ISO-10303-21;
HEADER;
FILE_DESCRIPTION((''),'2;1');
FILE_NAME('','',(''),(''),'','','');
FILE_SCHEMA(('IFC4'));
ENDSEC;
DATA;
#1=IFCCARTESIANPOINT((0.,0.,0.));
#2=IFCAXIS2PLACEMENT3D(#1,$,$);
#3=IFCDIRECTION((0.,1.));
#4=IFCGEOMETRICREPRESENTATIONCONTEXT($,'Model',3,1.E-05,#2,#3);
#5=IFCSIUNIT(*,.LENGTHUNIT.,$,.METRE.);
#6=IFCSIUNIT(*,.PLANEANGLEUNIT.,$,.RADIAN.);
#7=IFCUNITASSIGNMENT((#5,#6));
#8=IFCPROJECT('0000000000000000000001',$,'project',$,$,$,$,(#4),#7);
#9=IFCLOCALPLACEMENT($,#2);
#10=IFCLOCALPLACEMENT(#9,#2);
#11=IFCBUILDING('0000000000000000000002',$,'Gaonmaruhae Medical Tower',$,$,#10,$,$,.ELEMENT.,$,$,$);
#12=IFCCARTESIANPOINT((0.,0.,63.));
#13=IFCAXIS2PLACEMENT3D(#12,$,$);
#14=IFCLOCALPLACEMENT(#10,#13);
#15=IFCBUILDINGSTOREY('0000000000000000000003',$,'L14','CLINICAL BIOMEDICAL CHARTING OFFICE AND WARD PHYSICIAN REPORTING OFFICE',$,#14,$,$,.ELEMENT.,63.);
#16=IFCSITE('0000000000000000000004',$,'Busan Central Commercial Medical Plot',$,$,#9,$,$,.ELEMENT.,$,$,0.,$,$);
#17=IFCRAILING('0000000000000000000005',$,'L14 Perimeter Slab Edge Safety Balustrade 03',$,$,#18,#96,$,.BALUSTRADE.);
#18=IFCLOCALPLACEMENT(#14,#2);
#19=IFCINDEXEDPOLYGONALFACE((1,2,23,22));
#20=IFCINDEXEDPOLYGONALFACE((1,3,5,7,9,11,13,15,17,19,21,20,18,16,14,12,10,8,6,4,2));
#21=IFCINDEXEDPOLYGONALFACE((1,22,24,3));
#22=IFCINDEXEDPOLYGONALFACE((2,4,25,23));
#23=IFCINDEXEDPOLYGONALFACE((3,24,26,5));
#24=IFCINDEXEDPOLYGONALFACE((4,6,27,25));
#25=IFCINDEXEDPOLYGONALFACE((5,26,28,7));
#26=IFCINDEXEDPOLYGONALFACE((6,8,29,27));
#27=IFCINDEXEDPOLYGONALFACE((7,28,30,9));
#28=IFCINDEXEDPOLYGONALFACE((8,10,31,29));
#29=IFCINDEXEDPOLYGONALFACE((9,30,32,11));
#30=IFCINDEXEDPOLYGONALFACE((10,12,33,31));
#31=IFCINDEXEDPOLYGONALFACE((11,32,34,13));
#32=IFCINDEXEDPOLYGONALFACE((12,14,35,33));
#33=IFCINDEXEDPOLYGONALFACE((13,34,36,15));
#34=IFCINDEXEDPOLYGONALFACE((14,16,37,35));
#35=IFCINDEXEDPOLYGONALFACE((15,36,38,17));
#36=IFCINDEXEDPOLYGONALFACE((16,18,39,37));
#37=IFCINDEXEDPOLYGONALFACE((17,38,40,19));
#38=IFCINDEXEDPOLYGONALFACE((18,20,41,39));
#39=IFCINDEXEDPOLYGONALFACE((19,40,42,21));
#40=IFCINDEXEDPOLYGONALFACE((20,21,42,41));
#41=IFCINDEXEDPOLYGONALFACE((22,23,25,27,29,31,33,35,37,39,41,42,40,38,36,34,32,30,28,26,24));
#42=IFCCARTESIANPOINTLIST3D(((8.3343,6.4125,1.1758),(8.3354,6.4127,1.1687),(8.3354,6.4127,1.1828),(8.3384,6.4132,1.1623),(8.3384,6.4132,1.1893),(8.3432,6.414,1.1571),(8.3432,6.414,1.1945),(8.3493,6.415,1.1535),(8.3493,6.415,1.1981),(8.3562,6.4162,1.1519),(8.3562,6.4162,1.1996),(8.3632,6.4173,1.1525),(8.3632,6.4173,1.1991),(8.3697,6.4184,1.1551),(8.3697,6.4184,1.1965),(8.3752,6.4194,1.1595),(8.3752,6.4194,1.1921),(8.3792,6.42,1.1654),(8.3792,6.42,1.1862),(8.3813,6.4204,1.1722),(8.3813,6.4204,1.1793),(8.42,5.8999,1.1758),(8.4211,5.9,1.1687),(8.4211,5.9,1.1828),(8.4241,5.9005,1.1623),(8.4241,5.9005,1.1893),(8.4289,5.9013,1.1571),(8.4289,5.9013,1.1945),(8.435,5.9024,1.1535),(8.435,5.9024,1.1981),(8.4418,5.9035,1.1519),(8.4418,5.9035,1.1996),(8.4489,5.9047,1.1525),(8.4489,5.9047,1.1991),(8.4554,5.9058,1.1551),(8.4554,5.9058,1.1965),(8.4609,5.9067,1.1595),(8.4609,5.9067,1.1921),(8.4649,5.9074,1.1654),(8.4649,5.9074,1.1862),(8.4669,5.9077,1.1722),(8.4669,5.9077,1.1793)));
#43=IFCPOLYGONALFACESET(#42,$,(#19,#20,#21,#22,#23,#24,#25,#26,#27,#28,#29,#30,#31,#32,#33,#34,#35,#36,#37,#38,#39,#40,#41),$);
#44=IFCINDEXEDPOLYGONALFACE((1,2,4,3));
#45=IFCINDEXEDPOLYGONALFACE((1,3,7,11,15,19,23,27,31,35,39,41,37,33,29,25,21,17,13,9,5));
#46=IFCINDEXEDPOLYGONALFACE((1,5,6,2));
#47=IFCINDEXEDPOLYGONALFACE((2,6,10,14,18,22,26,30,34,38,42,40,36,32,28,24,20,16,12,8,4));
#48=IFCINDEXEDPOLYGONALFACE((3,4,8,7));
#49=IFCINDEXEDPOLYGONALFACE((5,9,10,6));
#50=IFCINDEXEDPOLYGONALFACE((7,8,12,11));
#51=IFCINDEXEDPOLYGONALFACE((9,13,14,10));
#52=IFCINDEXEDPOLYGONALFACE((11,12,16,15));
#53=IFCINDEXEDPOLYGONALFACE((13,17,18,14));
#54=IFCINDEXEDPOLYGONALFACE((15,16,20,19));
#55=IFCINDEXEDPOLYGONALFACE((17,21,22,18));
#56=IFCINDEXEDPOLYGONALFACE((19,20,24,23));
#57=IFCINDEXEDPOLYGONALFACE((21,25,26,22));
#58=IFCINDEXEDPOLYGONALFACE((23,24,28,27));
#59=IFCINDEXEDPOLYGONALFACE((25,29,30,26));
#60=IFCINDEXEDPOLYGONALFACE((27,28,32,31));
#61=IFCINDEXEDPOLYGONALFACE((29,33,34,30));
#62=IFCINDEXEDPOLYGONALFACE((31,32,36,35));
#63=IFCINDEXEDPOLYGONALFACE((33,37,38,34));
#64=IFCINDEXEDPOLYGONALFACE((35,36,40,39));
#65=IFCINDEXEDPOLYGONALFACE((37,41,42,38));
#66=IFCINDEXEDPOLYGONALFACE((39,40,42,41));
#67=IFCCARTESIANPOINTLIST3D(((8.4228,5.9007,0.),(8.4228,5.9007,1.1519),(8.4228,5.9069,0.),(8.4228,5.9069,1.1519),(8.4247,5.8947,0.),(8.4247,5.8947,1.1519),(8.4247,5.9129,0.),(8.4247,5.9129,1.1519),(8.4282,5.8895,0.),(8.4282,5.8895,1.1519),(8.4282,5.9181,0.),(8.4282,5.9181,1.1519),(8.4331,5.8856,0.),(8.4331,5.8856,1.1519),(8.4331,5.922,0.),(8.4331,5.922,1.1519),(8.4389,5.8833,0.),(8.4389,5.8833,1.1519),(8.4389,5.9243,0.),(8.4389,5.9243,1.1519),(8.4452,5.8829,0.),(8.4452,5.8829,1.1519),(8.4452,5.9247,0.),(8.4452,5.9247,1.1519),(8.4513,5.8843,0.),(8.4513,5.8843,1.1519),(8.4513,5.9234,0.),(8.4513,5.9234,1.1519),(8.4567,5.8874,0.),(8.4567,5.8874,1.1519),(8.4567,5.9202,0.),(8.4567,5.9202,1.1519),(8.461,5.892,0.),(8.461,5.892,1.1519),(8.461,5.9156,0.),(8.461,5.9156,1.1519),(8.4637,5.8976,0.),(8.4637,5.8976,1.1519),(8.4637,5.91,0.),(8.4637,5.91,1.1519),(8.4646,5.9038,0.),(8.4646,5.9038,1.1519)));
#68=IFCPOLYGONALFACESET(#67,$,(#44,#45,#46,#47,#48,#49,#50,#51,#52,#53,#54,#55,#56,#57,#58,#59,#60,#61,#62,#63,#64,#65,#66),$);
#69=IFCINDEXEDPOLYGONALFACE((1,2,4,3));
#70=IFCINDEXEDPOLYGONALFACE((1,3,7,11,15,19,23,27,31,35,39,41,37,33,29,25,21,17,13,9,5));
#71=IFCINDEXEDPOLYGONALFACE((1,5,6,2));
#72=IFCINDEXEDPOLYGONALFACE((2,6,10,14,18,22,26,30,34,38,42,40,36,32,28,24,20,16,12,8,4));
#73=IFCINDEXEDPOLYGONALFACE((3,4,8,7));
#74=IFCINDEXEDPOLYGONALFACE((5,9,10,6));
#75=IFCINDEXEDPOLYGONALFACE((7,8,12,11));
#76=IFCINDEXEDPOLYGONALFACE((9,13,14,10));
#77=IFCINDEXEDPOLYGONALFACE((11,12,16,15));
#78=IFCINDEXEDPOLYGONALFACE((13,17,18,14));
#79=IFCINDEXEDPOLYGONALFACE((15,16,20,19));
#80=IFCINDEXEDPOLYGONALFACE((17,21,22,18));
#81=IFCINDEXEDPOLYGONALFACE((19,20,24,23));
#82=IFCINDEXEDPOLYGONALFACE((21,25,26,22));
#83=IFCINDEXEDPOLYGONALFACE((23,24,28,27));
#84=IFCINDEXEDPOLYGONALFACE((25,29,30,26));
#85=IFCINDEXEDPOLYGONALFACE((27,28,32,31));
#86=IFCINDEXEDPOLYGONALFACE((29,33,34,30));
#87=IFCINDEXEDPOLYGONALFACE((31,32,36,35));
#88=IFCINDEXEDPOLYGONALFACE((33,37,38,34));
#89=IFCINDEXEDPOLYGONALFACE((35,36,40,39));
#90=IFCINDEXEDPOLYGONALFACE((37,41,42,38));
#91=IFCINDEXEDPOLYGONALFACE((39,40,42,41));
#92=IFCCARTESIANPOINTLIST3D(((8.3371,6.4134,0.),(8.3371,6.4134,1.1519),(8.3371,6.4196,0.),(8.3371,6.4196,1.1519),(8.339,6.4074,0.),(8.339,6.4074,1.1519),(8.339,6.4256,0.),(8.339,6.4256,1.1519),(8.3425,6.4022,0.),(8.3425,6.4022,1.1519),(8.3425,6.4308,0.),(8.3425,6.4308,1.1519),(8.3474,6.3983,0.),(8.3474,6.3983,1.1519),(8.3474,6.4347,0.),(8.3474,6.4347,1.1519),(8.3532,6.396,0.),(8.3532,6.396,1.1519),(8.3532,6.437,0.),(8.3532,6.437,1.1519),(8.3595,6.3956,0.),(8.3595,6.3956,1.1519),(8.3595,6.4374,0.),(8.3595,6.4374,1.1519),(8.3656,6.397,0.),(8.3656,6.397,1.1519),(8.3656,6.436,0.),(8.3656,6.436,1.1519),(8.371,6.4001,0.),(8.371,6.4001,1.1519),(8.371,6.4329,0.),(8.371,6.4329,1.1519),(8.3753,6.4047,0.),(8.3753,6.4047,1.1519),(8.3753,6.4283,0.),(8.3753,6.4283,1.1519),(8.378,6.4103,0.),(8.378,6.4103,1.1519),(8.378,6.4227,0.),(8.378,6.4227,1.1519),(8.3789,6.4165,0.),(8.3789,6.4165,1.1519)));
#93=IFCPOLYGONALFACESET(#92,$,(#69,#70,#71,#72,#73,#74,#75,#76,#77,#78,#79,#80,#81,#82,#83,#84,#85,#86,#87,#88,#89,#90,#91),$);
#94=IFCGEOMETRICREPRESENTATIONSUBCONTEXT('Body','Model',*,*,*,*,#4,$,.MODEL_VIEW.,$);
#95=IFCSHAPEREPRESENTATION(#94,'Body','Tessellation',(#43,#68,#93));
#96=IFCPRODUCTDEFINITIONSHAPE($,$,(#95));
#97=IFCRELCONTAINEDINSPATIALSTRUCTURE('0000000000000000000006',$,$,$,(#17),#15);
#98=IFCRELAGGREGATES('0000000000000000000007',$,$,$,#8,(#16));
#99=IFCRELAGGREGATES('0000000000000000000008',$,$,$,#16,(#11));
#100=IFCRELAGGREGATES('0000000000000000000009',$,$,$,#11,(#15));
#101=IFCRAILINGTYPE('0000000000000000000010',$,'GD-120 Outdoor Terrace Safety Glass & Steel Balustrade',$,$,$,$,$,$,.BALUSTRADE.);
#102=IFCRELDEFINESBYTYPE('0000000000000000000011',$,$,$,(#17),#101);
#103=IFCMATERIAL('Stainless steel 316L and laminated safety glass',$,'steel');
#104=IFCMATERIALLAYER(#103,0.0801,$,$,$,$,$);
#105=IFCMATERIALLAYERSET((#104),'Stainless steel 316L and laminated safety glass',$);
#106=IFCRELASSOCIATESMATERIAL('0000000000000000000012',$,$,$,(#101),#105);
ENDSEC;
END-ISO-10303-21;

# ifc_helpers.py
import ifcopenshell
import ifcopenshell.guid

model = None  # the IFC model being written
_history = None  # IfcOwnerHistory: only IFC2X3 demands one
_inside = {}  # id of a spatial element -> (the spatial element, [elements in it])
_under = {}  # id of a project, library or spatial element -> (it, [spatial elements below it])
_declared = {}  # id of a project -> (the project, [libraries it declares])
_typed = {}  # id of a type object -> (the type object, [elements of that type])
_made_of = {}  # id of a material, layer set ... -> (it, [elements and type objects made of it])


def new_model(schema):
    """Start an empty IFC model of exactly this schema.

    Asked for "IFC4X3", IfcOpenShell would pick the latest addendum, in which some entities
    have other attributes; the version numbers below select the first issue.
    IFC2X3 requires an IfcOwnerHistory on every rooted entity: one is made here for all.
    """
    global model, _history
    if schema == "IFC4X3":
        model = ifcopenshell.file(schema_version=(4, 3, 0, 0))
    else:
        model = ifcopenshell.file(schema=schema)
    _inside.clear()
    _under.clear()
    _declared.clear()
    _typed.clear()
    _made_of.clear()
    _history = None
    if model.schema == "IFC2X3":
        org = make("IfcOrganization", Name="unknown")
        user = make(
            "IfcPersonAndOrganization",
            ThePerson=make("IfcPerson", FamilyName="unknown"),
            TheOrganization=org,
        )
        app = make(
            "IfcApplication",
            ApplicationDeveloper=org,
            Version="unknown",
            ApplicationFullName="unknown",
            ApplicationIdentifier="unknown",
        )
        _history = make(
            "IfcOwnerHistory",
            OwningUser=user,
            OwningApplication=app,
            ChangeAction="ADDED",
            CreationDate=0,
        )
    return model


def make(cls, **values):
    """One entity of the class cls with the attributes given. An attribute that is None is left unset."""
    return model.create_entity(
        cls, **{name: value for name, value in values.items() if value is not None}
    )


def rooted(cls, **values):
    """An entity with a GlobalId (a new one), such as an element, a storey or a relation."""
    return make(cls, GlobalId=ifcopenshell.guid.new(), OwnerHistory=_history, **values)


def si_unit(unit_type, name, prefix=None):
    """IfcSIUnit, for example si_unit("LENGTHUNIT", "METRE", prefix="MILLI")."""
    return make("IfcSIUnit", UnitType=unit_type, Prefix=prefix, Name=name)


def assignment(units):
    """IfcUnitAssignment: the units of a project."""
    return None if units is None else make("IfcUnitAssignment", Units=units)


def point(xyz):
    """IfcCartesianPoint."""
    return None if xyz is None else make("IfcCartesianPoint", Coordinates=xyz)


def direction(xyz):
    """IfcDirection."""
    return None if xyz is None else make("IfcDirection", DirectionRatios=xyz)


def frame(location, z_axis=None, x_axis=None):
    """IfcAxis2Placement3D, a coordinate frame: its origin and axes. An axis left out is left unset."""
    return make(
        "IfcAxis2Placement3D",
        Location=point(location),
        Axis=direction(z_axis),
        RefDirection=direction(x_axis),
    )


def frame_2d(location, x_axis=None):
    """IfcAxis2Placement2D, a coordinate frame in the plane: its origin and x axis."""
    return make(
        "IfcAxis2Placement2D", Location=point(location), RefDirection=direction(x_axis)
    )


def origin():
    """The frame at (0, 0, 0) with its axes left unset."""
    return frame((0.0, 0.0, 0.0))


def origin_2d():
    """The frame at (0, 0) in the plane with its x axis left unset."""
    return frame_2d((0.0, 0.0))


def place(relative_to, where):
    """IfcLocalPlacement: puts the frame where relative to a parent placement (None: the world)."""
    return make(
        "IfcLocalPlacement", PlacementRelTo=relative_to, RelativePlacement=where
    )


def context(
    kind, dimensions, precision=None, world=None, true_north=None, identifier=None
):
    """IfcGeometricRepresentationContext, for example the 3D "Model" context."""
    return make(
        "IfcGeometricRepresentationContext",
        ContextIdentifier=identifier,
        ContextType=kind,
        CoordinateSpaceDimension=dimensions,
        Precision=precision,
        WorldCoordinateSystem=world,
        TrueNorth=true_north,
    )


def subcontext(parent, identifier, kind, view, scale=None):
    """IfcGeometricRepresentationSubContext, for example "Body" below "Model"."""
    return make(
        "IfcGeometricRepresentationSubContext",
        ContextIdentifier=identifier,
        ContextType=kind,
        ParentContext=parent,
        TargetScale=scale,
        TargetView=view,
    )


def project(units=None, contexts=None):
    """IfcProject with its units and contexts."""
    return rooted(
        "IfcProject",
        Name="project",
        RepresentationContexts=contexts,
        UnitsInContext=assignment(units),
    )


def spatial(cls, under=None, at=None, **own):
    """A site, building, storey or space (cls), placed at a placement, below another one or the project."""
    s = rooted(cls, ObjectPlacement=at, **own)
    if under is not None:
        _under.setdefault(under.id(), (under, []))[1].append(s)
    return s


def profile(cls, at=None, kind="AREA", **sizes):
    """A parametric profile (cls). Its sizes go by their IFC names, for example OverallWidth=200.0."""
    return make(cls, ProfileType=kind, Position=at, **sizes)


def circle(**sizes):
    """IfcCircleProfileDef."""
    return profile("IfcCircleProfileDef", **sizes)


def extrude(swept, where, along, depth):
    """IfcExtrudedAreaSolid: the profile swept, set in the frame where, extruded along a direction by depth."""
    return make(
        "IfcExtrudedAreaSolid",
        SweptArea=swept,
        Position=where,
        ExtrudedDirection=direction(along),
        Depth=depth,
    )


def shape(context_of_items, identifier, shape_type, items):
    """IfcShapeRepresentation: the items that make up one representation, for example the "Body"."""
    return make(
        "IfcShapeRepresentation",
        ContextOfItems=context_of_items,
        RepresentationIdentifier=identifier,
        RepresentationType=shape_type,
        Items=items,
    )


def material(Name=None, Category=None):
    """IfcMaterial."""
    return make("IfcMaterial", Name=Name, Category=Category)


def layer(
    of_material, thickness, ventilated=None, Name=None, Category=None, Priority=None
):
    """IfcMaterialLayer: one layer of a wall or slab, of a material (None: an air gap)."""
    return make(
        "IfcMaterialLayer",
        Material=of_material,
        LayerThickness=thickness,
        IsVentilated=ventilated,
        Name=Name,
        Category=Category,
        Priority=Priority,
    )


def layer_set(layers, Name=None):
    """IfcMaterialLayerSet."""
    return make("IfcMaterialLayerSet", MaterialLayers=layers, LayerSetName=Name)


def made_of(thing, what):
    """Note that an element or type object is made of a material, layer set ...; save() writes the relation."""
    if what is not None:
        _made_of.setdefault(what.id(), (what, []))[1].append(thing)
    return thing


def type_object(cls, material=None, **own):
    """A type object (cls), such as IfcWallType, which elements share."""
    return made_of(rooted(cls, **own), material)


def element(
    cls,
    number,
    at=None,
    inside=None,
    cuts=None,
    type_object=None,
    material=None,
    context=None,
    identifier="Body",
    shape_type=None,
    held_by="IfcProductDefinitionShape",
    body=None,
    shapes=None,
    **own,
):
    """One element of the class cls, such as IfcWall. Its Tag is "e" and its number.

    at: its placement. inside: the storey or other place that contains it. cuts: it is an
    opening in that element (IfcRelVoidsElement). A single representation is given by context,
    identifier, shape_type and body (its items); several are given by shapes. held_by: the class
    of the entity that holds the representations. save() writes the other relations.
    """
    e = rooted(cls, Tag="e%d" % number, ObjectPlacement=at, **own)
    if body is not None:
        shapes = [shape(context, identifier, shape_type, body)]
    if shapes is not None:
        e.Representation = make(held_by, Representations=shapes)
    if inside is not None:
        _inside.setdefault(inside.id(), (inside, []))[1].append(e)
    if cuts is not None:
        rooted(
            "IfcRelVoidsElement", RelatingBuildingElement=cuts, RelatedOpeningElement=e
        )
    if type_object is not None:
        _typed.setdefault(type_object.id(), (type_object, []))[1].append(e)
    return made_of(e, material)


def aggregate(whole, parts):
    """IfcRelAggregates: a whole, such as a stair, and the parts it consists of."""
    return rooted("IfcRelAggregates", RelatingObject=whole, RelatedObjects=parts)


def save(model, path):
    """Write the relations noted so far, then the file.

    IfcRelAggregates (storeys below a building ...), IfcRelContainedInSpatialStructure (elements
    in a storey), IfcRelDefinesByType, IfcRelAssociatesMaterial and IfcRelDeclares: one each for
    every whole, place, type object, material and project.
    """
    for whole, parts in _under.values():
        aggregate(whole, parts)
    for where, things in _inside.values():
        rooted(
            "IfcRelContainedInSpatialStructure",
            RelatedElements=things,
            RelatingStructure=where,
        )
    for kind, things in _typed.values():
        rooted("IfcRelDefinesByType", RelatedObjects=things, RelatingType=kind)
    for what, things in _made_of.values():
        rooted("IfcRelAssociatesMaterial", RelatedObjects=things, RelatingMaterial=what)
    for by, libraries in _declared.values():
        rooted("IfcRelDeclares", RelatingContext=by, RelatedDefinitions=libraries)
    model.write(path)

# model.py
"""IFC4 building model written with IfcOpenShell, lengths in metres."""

from ifc_helpers import new_model, si_unit, direction, frame, origin, origin_2d, place, context, subcontext, project, spatial, circle, extrude, material, layer, layer_set, type_object, element, save


model = new_model("IFC4")

# Units and contexts
model_context = context("Model", 3, precision=1e-05, world=origin(), true_north=direction((0.0, 1.0)))
body_context = subcontext(model_context, "Body", "Model", "MODEL_VIEW")
ifc_project = project(units=[si_unit("LENGTHUNIT", "METRE"), si_unit("PLANEANGLEUNIT", "RADIAN")], contexts=[model_context])

# Site, building, storey
site_placement = place(None, origin())
site = spatial("IfcSite", under=ifc_project, at=site_placement, Name="Busan Central Commercial Medical Plot", CompositionType="ELEMENT", RefElevation=0.0)
building_placement = place(site_placement, origin())
building = spatial("IfcBuilding", under=site, at=building_placement, Name="Gaonmaruhae Medical Tower", CompositionType="ELEMENT")
storey_placement = place(building_placement, frame((0.0, 0.0, 63.0)))
storey = spatial("IfcBuildingStorey", under=building, at=storey_placement, Name="L14", Description="CLINICAL BIOMEDICAL CHARTING OFFICE AND WARD PHYSICIAN REPORTING OFFICE", CompositionType="ELEMENT", Elevation=63.0)

# Railing
ifc_material_1 = material(Name="Stainless steel 316L and laminated safety glass", Category="steel")
ifc_layer_1 = layer(ifc_material_1, 0.0801)
ifc_layer_set_1 = layer_set([ifc_layer_1], Name="Stainless steel 316L and laminated safety glass")
railing_type = type_object("IfcRailingType", Name="GD-120 Outdoor Terrace Safety Glass & Steel Balustrade", PredefinedType="BALUSTRADE", material=ifc_layer_set_1)
railing_1_placement = place(storey_placement, frame((8.4436, 5.9038, 0.0)))
element("IfcRailing", 1, at=railing_1_placement, inside=storey, type_object=railing_type, Name="L14 Perimeter Slab Edge Safety Balustrade 03", PredefinedType="BALUSTRADE", context=body_context, shape_type="SweptSolid", body=[
    extrude(circle(Radius=0.0239, at=origin_2d()), frame((0.0, 0.0, 1.1758), z_axis=(-0.164856, 0.986318, 0.0), x_axis=(-0.986318, -0.164856, 0.0)), (0.0, 0.0, 1.0), 0.5198),
    extrude(circle(Radius=0.021, at=origin_2d()), origin(), (0.0, 0.0, 1.0), 1.1519),
    extrude(circle(Radius=0.021, at=origin_2d()), frame((-0.0857, 0.5127, 0.0)), (0.0, 0.0, 1.0), 1.1519),
])

save(model, "model.ifc")
